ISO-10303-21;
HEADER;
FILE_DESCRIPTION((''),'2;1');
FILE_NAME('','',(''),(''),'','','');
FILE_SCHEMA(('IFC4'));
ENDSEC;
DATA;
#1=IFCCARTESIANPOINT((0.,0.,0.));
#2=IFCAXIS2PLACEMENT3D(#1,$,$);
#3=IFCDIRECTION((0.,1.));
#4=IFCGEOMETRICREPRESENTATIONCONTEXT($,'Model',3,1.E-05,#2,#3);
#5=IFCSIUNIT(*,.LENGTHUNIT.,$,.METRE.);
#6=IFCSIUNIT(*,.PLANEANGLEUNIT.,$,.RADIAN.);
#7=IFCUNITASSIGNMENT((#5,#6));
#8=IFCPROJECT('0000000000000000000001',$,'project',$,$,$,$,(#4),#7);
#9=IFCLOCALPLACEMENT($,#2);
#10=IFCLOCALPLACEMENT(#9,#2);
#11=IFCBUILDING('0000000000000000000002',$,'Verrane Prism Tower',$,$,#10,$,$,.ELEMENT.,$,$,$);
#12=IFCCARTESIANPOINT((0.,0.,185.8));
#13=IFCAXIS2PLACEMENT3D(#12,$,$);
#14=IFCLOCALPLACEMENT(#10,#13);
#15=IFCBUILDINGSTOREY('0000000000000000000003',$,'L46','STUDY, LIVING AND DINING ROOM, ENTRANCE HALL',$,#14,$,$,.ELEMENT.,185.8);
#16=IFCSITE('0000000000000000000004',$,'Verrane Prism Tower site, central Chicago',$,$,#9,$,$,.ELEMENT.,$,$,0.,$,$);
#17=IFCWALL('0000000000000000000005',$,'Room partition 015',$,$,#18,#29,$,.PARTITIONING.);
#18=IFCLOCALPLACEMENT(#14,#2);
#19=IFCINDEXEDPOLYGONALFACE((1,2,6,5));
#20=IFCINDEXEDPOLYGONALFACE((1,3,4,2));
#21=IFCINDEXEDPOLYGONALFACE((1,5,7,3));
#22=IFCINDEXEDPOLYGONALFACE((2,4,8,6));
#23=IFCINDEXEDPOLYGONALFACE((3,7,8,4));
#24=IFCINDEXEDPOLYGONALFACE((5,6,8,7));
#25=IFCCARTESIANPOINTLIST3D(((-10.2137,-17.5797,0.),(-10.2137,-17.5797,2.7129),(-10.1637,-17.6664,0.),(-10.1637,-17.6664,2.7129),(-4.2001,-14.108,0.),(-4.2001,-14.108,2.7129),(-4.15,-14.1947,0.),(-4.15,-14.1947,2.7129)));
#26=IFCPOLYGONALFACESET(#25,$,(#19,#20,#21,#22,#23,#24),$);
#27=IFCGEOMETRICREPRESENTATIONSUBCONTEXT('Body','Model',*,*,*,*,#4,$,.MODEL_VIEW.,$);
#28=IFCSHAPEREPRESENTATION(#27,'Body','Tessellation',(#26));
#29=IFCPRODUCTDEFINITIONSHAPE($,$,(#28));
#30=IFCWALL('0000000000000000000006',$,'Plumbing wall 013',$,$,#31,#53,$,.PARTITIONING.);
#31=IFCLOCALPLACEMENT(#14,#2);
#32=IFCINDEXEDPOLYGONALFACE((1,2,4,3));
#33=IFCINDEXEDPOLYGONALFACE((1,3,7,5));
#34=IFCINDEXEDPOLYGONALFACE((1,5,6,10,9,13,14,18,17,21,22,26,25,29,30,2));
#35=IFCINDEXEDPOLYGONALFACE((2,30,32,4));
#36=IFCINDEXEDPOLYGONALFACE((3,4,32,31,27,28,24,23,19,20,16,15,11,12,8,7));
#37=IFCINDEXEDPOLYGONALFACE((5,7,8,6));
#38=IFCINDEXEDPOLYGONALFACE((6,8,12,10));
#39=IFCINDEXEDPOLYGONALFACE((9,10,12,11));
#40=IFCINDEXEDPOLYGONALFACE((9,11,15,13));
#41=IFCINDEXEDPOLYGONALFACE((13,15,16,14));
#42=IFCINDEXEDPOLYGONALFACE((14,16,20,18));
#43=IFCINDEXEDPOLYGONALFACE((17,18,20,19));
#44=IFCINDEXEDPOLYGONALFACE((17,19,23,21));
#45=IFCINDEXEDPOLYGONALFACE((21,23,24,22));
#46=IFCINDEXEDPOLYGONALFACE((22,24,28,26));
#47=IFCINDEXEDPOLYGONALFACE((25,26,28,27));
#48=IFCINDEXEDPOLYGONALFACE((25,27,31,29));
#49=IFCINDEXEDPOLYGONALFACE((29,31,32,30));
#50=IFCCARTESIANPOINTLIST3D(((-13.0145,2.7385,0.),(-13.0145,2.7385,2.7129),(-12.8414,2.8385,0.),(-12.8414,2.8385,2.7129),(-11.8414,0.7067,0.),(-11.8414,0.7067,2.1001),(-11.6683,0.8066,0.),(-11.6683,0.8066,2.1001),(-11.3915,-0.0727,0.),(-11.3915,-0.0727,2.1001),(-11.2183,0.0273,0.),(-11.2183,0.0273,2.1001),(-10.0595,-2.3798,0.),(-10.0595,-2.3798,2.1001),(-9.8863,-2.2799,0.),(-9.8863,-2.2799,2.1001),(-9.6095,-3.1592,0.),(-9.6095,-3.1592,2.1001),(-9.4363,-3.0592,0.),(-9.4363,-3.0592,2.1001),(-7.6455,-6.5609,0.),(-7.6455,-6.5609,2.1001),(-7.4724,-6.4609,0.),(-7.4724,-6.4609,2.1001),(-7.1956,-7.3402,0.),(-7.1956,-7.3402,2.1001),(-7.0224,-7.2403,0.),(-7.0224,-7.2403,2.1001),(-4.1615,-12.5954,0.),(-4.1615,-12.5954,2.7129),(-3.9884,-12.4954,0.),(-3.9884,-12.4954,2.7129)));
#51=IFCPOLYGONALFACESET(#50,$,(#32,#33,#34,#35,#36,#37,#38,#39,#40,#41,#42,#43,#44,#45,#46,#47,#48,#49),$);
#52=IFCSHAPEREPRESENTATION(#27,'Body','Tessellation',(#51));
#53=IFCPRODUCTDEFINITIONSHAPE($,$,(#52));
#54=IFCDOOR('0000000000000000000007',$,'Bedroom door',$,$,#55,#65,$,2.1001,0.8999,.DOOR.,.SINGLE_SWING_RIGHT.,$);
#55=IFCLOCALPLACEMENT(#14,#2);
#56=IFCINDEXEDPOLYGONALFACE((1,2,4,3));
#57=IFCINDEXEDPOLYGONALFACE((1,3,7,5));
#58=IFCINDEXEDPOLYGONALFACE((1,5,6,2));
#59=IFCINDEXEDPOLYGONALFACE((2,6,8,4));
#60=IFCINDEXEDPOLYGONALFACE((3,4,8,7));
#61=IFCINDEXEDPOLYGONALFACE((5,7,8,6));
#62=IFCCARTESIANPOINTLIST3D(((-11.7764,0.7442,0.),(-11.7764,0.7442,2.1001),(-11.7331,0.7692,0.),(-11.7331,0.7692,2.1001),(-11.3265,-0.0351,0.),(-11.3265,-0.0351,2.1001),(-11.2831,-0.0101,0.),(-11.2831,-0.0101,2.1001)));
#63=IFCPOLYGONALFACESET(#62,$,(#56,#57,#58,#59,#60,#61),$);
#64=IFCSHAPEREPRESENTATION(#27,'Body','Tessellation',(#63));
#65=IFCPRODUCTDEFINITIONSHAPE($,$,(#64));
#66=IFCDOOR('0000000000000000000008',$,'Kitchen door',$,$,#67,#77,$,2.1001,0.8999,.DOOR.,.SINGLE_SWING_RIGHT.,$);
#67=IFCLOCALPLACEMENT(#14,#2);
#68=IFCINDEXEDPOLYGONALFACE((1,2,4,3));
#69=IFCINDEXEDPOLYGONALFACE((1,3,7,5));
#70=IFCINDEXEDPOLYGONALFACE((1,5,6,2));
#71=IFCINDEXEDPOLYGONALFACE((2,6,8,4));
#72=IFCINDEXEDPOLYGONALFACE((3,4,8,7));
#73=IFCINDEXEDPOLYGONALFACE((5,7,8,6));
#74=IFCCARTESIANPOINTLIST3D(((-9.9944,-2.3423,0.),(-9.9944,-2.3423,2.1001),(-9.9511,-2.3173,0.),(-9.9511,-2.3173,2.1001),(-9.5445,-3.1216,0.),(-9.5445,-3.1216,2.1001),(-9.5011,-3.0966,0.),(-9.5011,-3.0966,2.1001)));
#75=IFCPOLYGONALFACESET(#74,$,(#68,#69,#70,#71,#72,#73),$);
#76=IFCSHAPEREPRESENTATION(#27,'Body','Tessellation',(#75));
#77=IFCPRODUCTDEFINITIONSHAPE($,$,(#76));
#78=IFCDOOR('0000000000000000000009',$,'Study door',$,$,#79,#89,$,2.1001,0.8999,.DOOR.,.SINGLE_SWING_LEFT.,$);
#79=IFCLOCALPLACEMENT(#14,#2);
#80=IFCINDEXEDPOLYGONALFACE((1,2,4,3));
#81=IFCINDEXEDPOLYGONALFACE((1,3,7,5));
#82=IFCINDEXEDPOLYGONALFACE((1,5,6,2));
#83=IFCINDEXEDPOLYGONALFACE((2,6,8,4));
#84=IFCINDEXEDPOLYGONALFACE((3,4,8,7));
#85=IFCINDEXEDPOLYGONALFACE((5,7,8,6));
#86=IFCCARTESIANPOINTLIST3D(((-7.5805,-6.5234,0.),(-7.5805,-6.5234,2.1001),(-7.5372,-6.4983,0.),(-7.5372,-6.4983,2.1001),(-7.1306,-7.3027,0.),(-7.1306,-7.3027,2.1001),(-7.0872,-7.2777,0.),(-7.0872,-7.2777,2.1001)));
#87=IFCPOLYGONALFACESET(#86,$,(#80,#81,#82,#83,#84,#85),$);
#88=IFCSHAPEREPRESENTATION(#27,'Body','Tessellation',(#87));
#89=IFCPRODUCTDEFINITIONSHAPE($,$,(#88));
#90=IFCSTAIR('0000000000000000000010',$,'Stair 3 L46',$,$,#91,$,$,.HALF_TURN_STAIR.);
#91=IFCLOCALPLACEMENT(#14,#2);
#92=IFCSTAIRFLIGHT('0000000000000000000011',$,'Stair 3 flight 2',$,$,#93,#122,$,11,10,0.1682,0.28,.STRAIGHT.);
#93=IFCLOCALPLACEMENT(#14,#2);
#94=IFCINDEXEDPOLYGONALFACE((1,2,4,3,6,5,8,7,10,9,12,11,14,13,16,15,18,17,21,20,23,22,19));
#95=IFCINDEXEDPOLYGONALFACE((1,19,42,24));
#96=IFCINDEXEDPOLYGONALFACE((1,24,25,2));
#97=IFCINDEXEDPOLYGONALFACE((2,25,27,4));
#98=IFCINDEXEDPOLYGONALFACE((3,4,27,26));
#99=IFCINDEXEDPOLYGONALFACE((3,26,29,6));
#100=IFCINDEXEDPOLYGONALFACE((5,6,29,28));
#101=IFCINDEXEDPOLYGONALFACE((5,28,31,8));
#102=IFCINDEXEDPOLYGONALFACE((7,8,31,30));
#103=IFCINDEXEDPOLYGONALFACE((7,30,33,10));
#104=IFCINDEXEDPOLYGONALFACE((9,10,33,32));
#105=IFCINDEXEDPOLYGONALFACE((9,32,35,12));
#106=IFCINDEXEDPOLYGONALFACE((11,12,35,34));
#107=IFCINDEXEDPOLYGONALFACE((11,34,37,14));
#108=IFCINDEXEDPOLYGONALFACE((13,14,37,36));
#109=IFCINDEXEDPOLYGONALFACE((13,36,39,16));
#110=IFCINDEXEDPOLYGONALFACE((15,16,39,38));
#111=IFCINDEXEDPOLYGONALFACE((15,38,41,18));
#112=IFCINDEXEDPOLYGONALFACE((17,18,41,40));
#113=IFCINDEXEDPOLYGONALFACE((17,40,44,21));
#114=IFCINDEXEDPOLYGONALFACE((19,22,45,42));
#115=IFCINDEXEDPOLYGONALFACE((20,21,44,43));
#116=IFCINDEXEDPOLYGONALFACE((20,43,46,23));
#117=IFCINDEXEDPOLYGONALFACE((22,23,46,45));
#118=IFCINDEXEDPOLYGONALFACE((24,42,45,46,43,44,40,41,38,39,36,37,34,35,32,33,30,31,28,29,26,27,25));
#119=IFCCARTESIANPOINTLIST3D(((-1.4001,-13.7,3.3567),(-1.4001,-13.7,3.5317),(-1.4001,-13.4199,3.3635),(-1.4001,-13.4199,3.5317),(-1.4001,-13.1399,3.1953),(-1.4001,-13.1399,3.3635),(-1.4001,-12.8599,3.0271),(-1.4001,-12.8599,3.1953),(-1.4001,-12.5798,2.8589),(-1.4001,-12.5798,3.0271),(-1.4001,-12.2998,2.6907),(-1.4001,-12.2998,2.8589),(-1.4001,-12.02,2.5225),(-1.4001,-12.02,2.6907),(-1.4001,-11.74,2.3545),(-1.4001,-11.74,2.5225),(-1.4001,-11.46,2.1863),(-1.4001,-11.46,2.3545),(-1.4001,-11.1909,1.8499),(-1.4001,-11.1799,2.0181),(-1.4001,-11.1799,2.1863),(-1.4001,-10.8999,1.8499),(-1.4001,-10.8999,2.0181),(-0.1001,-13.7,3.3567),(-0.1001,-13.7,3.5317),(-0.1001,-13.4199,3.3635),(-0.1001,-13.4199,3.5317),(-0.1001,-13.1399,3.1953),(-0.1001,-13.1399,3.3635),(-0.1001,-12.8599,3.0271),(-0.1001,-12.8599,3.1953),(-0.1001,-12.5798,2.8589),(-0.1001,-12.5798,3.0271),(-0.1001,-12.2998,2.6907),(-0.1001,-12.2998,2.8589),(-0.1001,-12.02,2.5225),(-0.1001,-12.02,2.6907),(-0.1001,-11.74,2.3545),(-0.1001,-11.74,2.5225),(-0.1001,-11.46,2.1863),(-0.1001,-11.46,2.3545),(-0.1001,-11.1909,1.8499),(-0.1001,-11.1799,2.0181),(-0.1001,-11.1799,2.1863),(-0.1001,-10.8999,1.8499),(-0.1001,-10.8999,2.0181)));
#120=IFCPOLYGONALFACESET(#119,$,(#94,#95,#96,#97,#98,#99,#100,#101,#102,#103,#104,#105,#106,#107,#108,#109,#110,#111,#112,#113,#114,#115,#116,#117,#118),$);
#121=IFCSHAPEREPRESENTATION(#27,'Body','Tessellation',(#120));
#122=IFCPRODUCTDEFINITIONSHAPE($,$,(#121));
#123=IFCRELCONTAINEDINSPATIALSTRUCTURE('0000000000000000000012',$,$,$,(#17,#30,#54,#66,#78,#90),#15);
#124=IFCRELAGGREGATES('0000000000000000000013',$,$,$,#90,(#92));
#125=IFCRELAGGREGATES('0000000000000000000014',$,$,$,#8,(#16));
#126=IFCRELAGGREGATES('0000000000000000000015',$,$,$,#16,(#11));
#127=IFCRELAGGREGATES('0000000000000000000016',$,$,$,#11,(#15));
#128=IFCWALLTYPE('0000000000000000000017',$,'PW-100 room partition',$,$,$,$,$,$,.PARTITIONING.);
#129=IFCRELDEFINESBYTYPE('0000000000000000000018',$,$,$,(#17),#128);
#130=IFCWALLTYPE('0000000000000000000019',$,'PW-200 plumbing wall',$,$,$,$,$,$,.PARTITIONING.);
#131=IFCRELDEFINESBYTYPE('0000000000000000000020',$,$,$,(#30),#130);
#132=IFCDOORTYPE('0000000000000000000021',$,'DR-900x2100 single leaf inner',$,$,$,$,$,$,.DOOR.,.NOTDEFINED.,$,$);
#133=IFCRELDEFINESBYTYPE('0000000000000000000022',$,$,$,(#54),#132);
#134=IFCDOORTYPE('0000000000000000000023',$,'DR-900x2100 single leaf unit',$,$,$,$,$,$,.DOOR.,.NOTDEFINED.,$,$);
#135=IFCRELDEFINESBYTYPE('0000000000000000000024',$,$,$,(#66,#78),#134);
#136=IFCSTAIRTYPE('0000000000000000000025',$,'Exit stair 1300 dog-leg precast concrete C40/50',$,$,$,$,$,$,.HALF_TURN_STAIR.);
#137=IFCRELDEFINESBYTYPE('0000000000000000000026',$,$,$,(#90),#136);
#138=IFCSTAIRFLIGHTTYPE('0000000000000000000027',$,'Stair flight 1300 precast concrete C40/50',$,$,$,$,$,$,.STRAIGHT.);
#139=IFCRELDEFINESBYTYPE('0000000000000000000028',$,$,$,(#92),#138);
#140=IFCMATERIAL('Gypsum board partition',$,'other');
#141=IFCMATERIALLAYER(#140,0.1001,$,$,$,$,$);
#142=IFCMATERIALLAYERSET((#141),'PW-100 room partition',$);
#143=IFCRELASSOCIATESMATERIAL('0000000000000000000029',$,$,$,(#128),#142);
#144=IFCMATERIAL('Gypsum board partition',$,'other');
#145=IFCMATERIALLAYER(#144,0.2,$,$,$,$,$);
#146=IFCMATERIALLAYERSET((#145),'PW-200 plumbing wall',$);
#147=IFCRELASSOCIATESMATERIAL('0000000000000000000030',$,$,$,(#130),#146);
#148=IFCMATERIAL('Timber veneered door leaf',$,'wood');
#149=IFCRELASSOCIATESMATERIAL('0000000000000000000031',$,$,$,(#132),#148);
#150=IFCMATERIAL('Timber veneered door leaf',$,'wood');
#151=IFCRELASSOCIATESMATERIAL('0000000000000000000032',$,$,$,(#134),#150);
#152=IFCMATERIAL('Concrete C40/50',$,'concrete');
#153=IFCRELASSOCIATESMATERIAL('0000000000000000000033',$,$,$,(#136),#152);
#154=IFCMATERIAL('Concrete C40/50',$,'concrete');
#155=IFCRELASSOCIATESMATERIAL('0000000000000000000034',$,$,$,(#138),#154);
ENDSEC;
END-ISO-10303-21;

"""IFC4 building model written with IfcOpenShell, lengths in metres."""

from ifc_helpers import new_model, si_unit, direction, frame, frame_2d, origin, place, context, subcontext, project, spatial, polyline, rectangle, outline, extrude, material, layer, layer_set, type_object, element, fill, aggregate, save


model = new_model("IFC4")

# Units and contexts
model_context = context("Model", 3, precision=1e-05, world=origin(), true_north=direction((0.0, 1.0)))
body_context = subcontext(model_context, "Body", "Model", "MODEL_VIEW")
ifc_project = project(units=[si_unit("LENGTHUNIT", "METRE"), si_unit("PLANEANGLEUNIT", "RADIAN")], contexts=[model_context])

# Site, building, storey
site_placement = place(None, origin())
site = spatial("IfcSite", under=ifc_project, at=site_placement, Name="Verrane Prism Tower site, central Chicago", CompositionType="ELEMENT", RefElevation=0.0)
building_placement = place(site_placement, origin())
building = spatial("IfcBuilding", under=site, at=building_placement, Name="Verrane Prism Tower", CompositionType="ELEMENT")
storey_placement = place(building_placement, frame((0.0, 0.0, 185.8)))
storey = spatial("IfcBuildingStorey", under=building, at=storey_placement, Name="L46", Description="STUDY, LIVING AND DINING ROOM, ENTRANCE HALL", CompositionType="ELEMENT", Elevation=185.8)

# Wall
ifc_material_1 = material(Name="Gypsum board partition", Category="other")
ifc_layer_1 = layer(ifc_material_1, 0.1001)
ifc_layer_set_1 = layer_set([ifc_layer_1], Name="PW-100 room partition")
wall_type_1 = type_object("IfcWallType", Name="PW-100 room partition", PredefinedType="PARTITIONING", material=ifc_layer_set_1)
wall_1_placement = place(storey_placement, frame((-10.1887, -17.623, 0.0), z_axis=(0.0, 0.0, 1.0), x_axis=(0.866045, 0.499966, 0.0)))
element("IfcWall", 1, at=wall_1_placement, inside=storey, type_object=wall_type_1, Name="Room partition 015", PredefinedType="PARTITIONING", context=body_context, shape_type="SweptSolid", body=[
    extrude(rectangle(XDim=6.9438, YDim=0.1001, at=frame_2d((3.4719, 0.0))), origin(), (0.0, 0.0, 1.0), 2.7129),
])

# Wall, openings, doors
ifc_material_2 = material(Name="Gypsum board partition", Category="other")
ifc_layer_2 = layer(ifc_material_2, 0.2)
ifc_layer_set_2 = layer_set([ifc_layer_2], Name="PW-200 plumbing wall")
wall_type_2 = type_object("IfcWallType", Name="PW-200 plumbing wall", PredefinedType="PARTITIONING", material=ifc_layer_set_2)
wall_2_placement = place(storey_placement, frame((-4.075, -12.5454, 0.0), z_axis=(0.0, 0.0, 1.0), x_axis=(-0.499998, 0.866027, 0.0)))
wall_2 = element("IfcWall", 2, at=wall_2_placement, inside=storey, type_object=wall_type_2, Name="Plumbing wall 013", PredefinedType="PARTITIONING", context=body_context, shape_type="SweptSolid", body=[
    extrude(rectangle(XDim=17.7061, YDim=0.2, at=frame_2d((8.853, 0.0))), origin(), (0.0, 0.0, 1.0), 2.7129),
])
opening_1_placement = place(wall_2_placement, frame((14.46, 0.0, 0.0)))
opening_1 = element("IfcOpeningElement", 3, at=opening_1_placement, cuts=wall_2, PredefinedType="OPENING", context=body_context, shape_type="SweptSolid", body=[
    extrude(rectangle(XDim=0.8999, YDim=2.1001, at=frame_2d((0.45, 1.05))), frame((0.0, 0.1099, 0.0), z_axis=(0.0, -1.0, 0.0), x_axis=(1.0, 0.0, 0.0)), (0.0, 0.0, 1.0), 0.22),
])
opening_2_placement = place(wall_2_placement, frame((10.896, 0.0, 0.0)))
opening_2 = element("IfcOpeningElement", 4, at=opening_2_placement, cuts=wall_2, PredefinedType="OPENING", context=body_context, shape_type="SweptSolid", body=[
    extrude(rectangle(XDim=0.8999, YDim=2.1001, at=frame_2d((0.45, 1.05))), frame((0.0, 0.1099, 0.0), z_axis=(0.0, -1.0, 0.0), x_axis=(1.0, 0.0, 0.0)), (0.0, 0.0, 1.0), 0.22),
])
opening_3_placement = place(wall_2_placement, frame((6.0681, 0.0, 0.0)))
opening_3 = element("IfcOpeningElement", 5, at=opening_3_placement, cuts=wall_2, PredefinedType="OPENING", context=body_context, shape_type="SweptSolid", body=[
    extrude(rectangle(XDim=0.8999, YDim=2.1001, at=frame_2d((0.45, 1.05))), frame((0.0, 0.1099, 0.0), z_axis=(0.0, -1.0, 0.0), x_axis=(1.0, 0.0, 0.0)), (0.0, 0.0, 1.0), 0.22),
])
ifc_material_3 = material(Name="Timber veneered door leaf", Category="wood")
door_type_1 = type_object("IfcDoorType", Name="DR-900x2100 single leaf inner", OperationType="NOTDEFINED", PredefinedType="DOOR", material=ifc_material_3)
door_1_placement = place(opening_1_placement, origin())
door_1 = element("IfcDoor", 6, at=door_1_placement, inside=storey, type_object=door_type_1, Name="Bedroom door", OperationType="SINGLE_SWING_RIGHT", OverallHeight=2.1001, OverallWidth=0.8999, PredefinedType="DOOR", context=body_context, shape_type="SweptSolid", body=[
    extrude(rectangle(XDim=0.8999, YDim=2.1001, at=frame_2d((0.45, 1.05))), frame((0.0, 0.0249, 0.0), z_axis=(0.0, -1.0, 0.0), x_axis=(1.0, 0.0, 0.0)), (0.0, 0.0, 1.0), 0.05),
])
fill(opening_1, door_1)
ifc_material_4 = material(Name="Timber veneered door leaf", Category="wood")
door_type_2 = type_object("IfcDoorType", Name="DR-900x2100 single leaf unit", OperationType="NOTDEFINED", PredefinedType="DOOR", material=ifc_material_4)
door_2_placement = place(opening_2_placement, origin())
door_2 = element("IfcDoor", 7, at=door_2_placement, inside=storey, type_object=door_type_2, Name="Kitchen door", OperationType="SINGLE_SWING_RIGHT", OverallHeight=2.1001, OverallWidth=0.8999, PredefinedType="DOOR", context=body_context, shape_type="SweptSolid", body=[
    extrude(rectangle(XDim=0.8999, YDim=2.1001, at=frame_2d((0.45, 1.05))), frame((0.0, 0.0249, 0.0), z_axis=(0.0, -1.0, 0.0), x_axis=(1.0, 0.0, 0.0)), (0.0, 0.0, 1.0), 0.05),
])
fill(opening_2, door_2)
door_3_placement = place(opening_3_placement, origin())
door_3 = element("IfcDoor", 8, at=door_3_placement, inside=storey, type_object=door_type_2, Name="Study door", OperationType="SINGLE_SWING_LEFT", OverallHeight=2.1001, OverallWidth=0.8999, PredefinedType="DOOR", context=body_context, shape_type="SweptSolid", body=[
    extrude(rectangle(XDim=0.8999, YDim=2.1001, at=frame_2d((0.45, 1.05))), frame((0.0, 0.0249, 0.0), z_axis=(0.0, -1.0, 0.0), x_axis=(1.0, 0.0, 0.0)), (0.0, 0.0, 1.0), 0.05),
])
fill(opening_3, door_3)

# Stair, stair flight
ifc_material_5 = material(Name="Concrete C40/50", Category="concrete")
stair_type = type_object("IfcStairType", Name="Exit stair 1300 dog-leg precast concrete C40/50", PredefinedType="HALF_TURN_STAIR", material=ifc_material_5)
stair_placement = place(storey_placement, origin())
stair = element("IfcStair", 9, at=stair_placement, inside=storey, type_object=stair_type, Name="Stair 3 L46", PredefinedType="HALF_TURN_STAIR")
ifc_material_6 = material(Name="Concrete C40/50", Category="concrete")
stair_flight_type = type_object("IfcStairFlightType", Name="Stair flight 1300 precast concrete C40/50", PredefinedType="STRAIGHT", material=ifc_material_6)
stair_flight_placement = place(storey_placement, frame((-0.75, -10.8999, 1.8499), z_axis=(0.0, 0.0, 1.0), x_axis=(0.0, -1.0, 0.0)))
stair_flight = element("IfcStairFlight", 10, at=stair_flight_placement, type_object=stair_flight_type, Name="Stair 3 flight 2", NumberOfRisers=11, NumberOfTreads=10, PredefinedType="STRAIGHT", RiserHeight=0.1682, TreadLength=0.28, context=body_context, shape_type="SweptSolid", body=[
    extrude(outline(polyline([(0.0, 0.0), (0.0, 0.1682), (0.28, 0.1682), (0.28, 0.3364), (0.5601, 0.3364), (0.5601, 0.5046), (0.8401, 0.5046), (0.8401, 0.6726), (1.1201, 0.6726), (1.1201, 0.8408), (1.3999, 0.8408), (1.3999, 1.009), (1.6799, 1.009), (1.6799, 1.1772), (1.96, 1.1772), (1.96, 1.3455), (2.24, 1.3455), (2.24, 1.5137), (2.52, 1.5137), (2.52, 1.6819), (2.8, 1.6819), (2.8, 1.8501), (2.8, 1.5068), (0.291, 0.0), (0.0, 0.0)])), frame((0.0, 0.6499, 0.0), z_axis=(0.0, -1.0, 0.0), x_axis=(1.0, 0.0, 0.0)), (0.0, 0.0, 1.0), 1.3),
])
aggregate(stair, [stair_flight])

save(model, "model.ifc")
